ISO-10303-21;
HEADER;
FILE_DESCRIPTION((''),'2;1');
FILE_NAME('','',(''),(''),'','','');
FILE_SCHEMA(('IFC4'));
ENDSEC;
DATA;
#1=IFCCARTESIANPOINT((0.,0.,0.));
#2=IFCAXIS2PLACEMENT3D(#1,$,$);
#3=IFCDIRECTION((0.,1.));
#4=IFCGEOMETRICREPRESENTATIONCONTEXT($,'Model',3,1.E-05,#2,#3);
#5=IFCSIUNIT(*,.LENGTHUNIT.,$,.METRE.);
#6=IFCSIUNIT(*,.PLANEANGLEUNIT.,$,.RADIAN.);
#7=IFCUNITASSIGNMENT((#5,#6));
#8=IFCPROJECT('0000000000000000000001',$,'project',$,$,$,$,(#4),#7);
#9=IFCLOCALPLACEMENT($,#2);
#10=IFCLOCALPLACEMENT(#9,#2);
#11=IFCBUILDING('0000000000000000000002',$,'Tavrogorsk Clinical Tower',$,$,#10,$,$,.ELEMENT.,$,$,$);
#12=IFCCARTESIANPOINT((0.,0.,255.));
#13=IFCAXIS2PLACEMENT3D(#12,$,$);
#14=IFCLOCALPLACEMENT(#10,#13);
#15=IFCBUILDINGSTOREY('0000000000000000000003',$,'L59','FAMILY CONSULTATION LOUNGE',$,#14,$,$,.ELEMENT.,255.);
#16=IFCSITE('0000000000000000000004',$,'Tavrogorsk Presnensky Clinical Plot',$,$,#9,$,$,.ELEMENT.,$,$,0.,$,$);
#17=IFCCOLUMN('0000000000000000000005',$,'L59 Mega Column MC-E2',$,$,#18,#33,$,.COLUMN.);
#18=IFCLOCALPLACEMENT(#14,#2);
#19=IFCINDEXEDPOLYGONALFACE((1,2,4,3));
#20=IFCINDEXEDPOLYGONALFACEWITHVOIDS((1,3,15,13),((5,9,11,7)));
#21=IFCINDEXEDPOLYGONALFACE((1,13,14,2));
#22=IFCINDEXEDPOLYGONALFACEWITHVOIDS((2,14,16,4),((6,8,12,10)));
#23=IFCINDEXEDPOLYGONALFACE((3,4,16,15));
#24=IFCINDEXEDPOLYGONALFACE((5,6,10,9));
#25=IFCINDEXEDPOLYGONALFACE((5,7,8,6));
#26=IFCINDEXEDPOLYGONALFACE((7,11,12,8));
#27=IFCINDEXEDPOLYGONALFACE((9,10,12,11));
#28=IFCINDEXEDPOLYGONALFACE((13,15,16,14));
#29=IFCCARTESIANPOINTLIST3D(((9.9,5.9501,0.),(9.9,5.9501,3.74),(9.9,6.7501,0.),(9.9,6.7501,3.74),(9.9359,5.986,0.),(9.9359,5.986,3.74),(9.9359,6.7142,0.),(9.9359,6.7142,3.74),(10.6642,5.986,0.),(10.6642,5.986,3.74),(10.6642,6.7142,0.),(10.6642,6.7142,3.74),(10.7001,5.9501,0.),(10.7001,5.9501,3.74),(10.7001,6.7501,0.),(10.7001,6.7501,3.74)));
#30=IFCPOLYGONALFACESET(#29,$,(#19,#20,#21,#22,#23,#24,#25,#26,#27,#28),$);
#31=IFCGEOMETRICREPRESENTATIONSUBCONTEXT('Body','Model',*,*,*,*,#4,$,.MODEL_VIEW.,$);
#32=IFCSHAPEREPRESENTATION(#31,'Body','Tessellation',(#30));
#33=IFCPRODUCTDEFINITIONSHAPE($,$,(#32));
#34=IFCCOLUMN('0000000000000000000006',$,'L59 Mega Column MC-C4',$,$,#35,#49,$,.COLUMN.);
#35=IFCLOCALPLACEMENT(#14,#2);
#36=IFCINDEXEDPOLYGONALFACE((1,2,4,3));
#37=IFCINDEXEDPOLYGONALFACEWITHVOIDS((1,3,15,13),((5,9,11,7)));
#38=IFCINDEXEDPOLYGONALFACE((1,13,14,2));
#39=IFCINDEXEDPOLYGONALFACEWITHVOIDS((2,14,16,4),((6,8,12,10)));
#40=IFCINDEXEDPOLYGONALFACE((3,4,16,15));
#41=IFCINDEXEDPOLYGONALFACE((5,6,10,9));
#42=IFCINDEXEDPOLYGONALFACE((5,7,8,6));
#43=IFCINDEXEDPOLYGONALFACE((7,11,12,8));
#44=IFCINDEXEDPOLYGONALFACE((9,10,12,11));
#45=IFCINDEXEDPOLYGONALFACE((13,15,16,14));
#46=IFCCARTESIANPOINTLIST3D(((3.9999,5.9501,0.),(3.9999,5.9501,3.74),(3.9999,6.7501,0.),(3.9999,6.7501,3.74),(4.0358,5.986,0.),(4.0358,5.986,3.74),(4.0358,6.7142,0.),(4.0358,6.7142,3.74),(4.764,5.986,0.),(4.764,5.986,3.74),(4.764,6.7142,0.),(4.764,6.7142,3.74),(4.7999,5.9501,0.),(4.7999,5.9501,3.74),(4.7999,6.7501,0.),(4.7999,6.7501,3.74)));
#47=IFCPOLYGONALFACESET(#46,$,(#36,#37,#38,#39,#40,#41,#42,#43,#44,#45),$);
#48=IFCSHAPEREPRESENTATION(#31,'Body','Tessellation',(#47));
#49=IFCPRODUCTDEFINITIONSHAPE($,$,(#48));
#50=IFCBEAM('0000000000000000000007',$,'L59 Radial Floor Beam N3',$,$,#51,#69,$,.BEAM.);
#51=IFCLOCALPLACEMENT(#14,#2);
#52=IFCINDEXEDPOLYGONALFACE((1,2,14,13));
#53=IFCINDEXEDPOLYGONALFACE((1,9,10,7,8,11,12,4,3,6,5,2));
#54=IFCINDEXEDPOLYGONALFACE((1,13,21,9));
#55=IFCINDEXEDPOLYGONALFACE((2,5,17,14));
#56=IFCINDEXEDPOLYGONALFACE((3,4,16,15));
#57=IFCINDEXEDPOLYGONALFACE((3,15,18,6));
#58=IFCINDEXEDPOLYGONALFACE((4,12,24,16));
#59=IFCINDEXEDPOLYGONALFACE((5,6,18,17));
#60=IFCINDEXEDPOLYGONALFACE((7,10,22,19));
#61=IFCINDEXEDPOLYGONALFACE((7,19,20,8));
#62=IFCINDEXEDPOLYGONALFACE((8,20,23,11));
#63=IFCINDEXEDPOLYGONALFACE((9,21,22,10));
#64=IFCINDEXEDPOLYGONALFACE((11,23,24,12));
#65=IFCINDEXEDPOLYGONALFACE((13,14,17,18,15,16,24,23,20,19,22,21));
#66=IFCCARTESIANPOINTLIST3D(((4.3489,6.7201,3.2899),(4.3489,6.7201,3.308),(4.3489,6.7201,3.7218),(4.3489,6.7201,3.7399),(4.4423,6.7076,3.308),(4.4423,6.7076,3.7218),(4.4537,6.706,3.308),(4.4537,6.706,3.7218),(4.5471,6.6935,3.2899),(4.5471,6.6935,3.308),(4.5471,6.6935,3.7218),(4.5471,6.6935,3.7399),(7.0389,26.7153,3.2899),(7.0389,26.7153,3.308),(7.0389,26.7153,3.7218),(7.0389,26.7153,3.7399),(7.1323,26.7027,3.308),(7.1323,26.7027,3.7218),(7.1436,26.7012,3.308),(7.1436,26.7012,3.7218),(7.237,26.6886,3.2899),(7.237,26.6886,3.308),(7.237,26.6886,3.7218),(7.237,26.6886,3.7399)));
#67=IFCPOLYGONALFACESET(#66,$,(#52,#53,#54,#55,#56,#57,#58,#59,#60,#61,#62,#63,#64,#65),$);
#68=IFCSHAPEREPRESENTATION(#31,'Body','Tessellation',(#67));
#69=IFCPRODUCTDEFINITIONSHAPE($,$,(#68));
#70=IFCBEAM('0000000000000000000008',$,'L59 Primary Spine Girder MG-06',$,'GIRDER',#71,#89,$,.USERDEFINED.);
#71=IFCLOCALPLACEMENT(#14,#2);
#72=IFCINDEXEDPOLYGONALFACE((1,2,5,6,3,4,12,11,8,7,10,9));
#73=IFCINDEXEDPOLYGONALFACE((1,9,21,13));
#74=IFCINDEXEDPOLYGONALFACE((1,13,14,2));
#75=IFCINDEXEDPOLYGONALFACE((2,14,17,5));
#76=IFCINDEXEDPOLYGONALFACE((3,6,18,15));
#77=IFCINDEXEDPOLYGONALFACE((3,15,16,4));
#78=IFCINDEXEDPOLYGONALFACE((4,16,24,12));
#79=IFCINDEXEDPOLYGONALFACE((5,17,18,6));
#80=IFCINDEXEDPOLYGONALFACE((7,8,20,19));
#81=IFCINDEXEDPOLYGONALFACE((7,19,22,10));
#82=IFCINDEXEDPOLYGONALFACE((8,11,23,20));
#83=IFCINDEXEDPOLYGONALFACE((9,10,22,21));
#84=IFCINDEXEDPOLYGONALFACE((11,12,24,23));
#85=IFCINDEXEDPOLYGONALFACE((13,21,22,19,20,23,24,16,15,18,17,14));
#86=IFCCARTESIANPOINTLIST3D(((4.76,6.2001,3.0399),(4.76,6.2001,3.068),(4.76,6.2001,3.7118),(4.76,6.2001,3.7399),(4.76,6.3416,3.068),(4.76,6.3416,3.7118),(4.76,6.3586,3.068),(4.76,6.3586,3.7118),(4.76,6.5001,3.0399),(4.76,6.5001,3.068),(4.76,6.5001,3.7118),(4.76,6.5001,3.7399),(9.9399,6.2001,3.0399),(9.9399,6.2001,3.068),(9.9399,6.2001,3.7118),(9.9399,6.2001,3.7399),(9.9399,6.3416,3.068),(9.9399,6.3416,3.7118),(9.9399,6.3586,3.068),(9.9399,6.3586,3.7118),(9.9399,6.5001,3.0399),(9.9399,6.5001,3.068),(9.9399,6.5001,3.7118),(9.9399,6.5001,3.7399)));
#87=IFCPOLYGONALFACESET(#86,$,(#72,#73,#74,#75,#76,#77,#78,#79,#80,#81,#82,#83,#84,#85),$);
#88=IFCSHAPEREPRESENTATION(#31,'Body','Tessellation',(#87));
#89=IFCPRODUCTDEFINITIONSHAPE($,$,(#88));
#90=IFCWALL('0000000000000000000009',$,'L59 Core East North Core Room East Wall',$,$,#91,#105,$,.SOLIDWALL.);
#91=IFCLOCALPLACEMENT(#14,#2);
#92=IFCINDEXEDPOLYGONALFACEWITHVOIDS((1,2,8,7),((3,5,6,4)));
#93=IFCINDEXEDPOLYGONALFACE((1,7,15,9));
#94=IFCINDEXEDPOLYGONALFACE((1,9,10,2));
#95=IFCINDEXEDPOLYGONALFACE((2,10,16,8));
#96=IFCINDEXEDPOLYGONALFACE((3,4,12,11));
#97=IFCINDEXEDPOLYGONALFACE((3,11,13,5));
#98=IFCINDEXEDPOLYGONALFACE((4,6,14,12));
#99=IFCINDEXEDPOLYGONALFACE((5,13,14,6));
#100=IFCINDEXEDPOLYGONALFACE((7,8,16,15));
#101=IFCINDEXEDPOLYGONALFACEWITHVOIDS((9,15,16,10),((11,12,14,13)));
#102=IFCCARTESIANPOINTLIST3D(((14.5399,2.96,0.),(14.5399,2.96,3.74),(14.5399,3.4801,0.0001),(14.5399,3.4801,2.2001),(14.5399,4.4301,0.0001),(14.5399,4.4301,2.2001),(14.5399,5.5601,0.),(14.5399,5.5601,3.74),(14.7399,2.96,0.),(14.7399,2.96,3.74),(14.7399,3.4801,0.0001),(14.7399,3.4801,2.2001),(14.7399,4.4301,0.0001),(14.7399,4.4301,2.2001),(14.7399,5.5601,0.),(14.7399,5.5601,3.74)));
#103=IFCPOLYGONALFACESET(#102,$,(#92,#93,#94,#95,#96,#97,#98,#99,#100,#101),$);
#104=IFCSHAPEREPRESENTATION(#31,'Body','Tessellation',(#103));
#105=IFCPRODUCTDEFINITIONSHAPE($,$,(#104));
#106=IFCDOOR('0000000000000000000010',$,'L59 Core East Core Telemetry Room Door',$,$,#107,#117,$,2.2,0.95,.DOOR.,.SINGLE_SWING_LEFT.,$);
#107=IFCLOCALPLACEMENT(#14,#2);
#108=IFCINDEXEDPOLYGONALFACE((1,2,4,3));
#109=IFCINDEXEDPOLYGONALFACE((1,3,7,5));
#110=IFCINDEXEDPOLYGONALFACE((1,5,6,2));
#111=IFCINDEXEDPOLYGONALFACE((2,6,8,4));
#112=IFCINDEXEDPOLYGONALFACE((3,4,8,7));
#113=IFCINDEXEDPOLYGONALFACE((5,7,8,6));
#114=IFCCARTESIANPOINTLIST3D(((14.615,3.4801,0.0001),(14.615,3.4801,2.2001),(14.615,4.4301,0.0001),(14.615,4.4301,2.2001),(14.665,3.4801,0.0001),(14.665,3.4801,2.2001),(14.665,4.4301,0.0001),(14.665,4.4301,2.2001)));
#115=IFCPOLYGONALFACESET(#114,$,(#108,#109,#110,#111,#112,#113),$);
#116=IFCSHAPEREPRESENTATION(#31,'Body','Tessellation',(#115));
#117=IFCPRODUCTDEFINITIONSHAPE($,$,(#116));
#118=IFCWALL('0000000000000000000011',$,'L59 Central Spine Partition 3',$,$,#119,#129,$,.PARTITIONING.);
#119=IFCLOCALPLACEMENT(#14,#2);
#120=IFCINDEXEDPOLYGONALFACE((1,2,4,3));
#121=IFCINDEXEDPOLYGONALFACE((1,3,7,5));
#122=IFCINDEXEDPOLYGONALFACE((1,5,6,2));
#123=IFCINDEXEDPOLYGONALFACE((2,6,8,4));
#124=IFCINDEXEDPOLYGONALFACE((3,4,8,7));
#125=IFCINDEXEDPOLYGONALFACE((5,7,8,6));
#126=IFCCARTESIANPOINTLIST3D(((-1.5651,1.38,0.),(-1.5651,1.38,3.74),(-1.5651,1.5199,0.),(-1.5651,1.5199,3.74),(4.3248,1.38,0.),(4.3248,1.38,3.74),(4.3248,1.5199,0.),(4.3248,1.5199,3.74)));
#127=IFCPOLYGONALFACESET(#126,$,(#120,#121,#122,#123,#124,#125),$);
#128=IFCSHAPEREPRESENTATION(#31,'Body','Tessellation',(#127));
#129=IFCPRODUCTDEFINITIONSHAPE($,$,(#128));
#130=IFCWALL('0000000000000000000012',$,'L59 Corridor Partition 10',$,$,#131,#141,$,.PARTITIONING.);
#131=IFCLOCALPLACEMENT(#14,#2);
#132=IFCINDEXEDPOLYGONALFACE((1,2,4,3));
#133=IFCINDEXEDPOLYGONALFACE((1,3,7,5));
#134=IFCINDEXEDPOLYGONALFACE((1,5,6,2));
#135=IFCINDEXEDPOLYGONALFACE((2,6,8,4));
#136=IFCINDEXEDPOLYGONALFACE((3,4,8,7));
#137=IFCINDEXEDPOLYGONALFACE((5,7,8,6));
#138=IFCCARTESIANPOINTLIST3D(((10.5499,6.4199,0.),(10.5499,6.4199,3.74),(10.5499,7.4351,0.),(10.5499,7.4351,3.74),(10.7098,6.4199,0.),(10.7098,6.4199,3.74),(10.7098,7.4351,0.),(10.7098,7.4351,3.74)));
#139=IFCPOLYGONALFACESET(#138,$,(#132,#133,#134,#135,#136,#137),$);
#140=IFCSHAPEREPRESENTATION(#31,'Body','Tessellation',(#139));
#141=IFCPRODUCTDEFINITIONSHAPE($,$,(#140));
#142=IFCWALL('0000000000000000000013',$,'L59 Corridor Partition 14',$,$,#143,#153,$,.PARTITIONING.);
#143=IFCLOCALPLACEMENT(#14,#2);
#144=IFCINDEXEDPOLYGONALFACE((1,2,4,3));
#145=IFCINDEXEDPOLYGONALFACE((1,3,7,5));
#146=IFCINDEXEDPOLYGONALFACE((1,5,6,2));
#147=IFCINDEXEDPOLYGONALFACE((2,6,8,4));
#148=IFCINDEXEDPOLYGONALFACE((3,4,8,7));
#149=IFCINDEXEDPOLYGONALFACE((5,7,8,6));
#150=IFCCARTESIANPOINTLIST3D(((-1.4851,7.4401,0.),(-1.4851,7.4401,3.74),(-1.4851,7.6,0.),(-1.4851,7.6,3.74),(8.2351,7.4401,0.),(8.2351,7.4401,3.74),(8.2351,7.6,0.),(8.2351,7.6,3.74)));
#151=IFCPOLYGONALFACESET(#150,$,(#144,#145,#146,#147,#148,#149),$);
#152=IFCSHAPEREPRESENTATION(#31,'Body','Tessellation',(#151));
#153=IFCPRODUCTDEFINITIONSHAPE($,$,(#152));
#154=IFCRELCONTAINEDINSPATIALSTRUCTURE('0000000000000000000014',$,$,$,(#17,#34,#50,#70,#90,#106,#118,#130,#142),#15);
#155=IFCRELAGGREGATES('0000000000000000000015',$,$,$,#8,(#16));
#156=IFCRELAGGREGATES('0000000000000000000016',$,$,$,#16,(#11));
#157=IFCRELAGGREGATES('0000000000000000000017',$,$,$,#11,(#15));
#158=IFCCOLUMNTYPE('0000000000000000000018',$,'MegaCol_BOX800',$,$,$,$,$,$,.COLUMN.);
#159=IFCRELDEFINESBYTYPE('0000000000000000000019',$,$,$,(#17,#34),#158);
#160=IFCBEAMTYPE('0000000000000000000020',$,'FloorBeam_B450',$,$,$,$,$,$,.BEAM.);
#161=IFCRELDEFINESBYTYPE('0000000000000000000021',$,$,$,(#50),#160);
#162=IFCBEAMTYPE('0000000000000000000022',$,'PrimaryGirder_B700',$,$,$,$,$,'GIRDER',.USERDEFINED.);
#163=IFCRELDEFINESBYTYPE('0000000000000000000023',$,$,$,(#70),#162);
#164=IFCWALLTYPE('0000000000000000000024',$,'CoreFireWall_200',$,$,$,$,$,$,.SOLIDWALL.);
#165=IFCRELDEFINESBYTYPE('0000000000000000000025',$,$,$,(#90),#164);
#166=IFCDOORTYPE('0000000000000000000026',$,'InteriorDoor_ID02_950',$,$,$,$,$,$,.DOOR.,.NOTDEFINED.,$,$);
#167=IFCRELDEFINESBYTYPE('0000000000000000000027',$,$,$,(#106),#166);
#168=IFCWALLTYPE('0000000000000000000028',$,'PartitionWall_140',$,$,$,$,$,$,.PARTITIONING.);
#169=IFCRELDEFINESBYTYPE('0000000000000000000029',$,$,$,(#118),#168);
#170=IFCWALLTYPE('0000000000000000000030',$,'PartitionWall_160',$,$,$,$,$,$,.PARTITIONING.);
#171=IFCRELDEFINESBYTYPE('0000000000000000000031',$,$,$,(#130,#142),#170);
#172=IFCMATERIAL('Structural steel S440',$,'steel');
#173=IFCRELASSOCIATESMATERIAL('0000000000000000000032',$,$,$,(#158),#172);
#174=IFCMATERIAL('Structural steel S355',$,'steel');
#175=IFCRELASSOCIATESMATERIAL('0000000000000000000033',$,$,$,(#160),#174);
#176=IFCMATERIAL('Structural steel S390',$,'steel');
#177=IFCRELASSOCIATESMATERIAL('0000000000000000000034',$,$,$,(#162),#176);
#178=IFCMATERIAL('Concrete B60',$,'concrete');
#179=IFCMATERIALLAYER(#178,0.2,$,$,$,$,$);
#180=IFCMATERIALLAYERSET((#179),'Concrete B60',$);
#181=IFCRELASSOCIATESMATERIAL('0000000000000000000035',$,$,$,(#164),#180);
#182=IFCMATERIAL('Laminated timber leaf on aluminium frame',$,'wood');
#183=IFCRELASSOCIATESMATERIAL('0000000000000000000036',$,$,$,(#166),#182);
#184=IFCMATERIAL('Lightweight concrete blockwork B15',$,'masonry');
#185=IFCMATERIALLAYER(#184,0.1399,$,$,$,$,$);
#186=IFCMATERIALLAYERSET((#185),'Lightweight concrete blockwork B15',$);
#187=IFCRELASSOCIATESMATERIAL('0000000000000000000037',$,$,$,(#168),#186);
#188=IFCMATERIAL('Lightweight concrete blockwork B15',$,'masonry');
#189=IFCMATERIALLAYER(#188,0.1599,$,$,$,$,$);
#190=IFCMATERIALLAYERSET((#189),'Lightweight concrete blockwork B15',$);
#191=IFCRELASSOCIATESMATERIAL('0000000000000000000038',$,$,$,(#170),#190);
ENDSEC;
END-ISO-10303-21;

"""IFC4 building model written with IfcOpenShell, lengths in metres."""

from ifc_helpers import new_model, si_unit, direction, frame, frame_2d, origin, origin_2d, place, context, subcontext, project, spatial, rectangle, hollow_rectangle, i_section, extrude, material, layer, layer_set, material_profile, profile_set, type_object, element, fill, save


model = new_model("IFC4")

# Units and contexts
model_context = context("Model", 3, precision=1e-05, world=origin(), true_north=direction((0.0, 1.0)))
body_context = subcontext(model_context, "Body", "Model", "MODEL_VIEW")
ifc_project = project(units=[si_unit("LENGTHUNIT", "METRE"), si_unit("PLANEANGLEUNIT", "RADIAN")], contexts=[model_context])

# Site, building, storey
site_placement = place(None, origin())
site = spatial("IfcSite", under=ifc_project, at=site_placement, Name="Tavrogorsk Presnensky Clinical Plot", CompositionType="ELEMENT", RefElevation=0.0)
building_placement = place(site_placement, origin())
building = spatial("IfcBuilding", under=site, at=building_placement, Name="Tavrogorsk Clinical Tower", CompositionType="ELEMENT")
storey_placement = place(building_placement, frame((0.0, 0.0, 255.0)))
storey = spatial("IfcBuildingStorey", under=building, at=storey_placement, Name="L59", Description="FAMILY CONSULTATION LOUNGE", CompositionType="ELEMENT", Elevation=255.0)

# Columns
ifc_material_1 = material(Name="Structural steel S440", Category="steel")
ifc_material_profile_1 = material_profile(ifc_material_1, hollow_rectangle(XDim=0.8, YDim=0.8, WallThickness=0.0359, at=origin_2d()), Name="BOX-800x800x36")
ifc_profile_set_1 = profile_set([ifc_material_profile_1], Name="Structural steel S440")
column_type = type_object("IfcColumnType", Name="MegaCol_BOX800", PredefinedType="COLUMN", material=ifc_profile_set_1)
for number, where, z_axis, x_axis, name in (
    (1, (10.3, 6.3501, 0.0), (0.0, 0.0, 1.0), (1.0, 0.0, 0.0), "L59 Mega Column MC-E2"),
    (2, (4.3999, 6.3501, 0.0), (0.0, 0.0, 1.0), (1.0, 0.0, 0.0), "L59 Mega Column MC-C4"),
):
    element("IfcColumn", number, at=place(storey_placement, frame(where, z_axis=z_axis, x_axis=x_axis)), inside=storey, type_object=column_type, Name=name, PredefinedType="COLUMN", context=body_context, shape_type="SweptSolid", body=[
        extrude(hollow_rectangle(XDim=0.8, YDim=0.8, WallThickness=0.0359, at=origin_2d()), origin(), (0.0, 0.0, 1.0), 3.74),
    ])

# Beams
ifc_material_2 = material(Name="Structural steel S355", Category="steel")
ifc_material_profile_2 = material_profile(ifc_material_2, i_section(OverallWidth=0.2, OverallDepth=0.45, WebThickness=0.0115, FlangeThickness=0.0181, at=origin_2d()), Name="B-450x200x11.5x18")
ifc_profile_set_2 = profile_set([ifc_material_profile_2], Name="Structural steel S355")
beam_type_1 = type_object("IfcBeamType", Name="FloorBeam_B450", PredefinedType="BEAM", material=ifc_profile_set_2)
beam_1_placement = place(storey_placement, frame((4.448, 6.7068, 3.5149), z_axis=(0.133329, 0.991072, 0.0), x_axis=(-0.991072, 0.133329, 0.0)))
element("IfcBeam", 3, at=beam_1_placement, inside=storey, type_object=beam_type_1, Name="L59 Radial Floor Beam N3", PredefinedType="BEAM", context=body_context, shape_type="SweptSolid", body=[
    extrude(i_section(OverallWidth=0.2, OverallDepth=0.45, WebThickness=0.0115, FlangeThickness=0.0181, at=origin_2d()), origin(), (0.0, 0.0, 1.0), 20.1753),
])
ifc_material_3 = material(Name="Structural steel S390", Category="steel")
ifc_material_profile_3 = material_profile(ifc_material_3, i_section(OverallWidth=0.3, OverallDepth=0.7, WebThickness=0.0171, FlangeThickness=0.0281, at=origin_2d()), Name="B-700x300x17x28")
ifc_profile_set_3 = profile_set([ifc_material_profile_3], Name="Structural steel S390")
beam_type_2 = type_object("IfcBeamType", Name="PrimaryGirder_B700", ElementType="GIRDER", PredefinedType="USERDEFINED", material=ifc_profile_set_3)
beam_2_placement = place(storey_placement, frame((4.76, 6.3501, 3.3899), z_axis=(1.0, 0.0, 0.0), x_axis=(0.0, 1.0, 0.0)))
element("IfcBeam", 4, at=beam_2_placement, inside=storey, type_object=beam_type_2, Name="L59 Primary Spine Girder MG-06", ObjectType="GIRDER", PredefinedType="USERDEFINED", context=body_context, shape_type="SweptSolid", body=[
    extrude(i_section(OverallWidth=0.3, OverallDepth=0.7, WebThickness=0.0171, FlangeThickness=0.0281, at=origin_2d()), origin(), (0.0, 0.0, 1.0), 5.1799),
])

# Wall, opening, door
ifc_material_4 = material(Name="Concrete B60", Category="concrete")
ifc_layer_1 = layer(ifc_material_4, 0.2)
ifc_layer_set_1 = layer_set([ifc_layer_1], Name="Concrete B60")
wall_type_1 = type_object("IfcWallType", Name="CoreFireWall_200", PredefinedType="SOLIDWALL", material=ifc_layer_set_1)
wall_1_placement = place(storey_placement, frame((14.6399, 2.96, 0.0), z_axis=(0.0, 0.0, 1.0), x_axis=(0.0, 1.0, 0.0)))
wall_1 = element("IfcWall", 5, at=wall_1_placement, inside=storey, type_object=wall_type_1, Name="L59 Core East North Core Room East Wall", PredefinedType="SOLIDWALL", context=body_context, shape_type="SweptSolid", body=[
    extrude(rectangle(XDim=2.6001, YDim=0.2, at=frame_2d((1.3, 0.0))), origin(), (0.0, 0.0, 1.0), 3.74),
])
opening_1_placement = place(wall_1_placement, frame((0.52, 0.0, 0.0)))
opening_1 = element("IfcOpeningElement", 6, at=opening_1_placement, cuts=wall_1, PredefinedType="OPENING", context=body_context, shape_type="SweptSolid", body=[
    extrude(rectangle(XDim=0.95, YDim=2.2, at=frame_2d((0.4751, 1.1001))), frame((0.0, 0.1099, 0.0), z_axis=(0.0, -1.0, 0.0), x_axis=(1.0, 0.0, 0.0)), (0.0, 0.0, 1.0), 0.22),
])
ifc_material_5 = material(Name="Laminated timber leaf on aluminium frame", Category="wood")
door_type_1 = type_object("IfcDoorType", Name="InteriorDoor_ID02_950", OperationType="NOTDEFINED", PredefinedType="DOOR", material=ifc_material_5)
door_1_placement = place(opening_1_placement, origin())
door_1 = element("IfcDoor", 7, at=door_1_placement, inside=storey, type_object=door_type_1, Name="L59 Core East Core Telemetry Room Door", OperationType="SINGLE_SWING_LEFT", OverallHeight=2.2, OverallWidth=0.95, PredefinedType="DOOR", context=body_context, shape_type="SweptSolid", body=[
    extrude(rectangle(XDim=0.95, YDim=2.2, at=frame_2d((0.4751, 1.1001))), frame((0.0, 0.0249, 0.0), z_axis=(0.0, -1.0, 0.0), x_axis=(1.0, 0.0, 0.0)), (0.0, 0.0, 1.0), 0.05),
])
fill(opening_1, door_1)

# Walls
ifc_material_6 = material(Name="Lightweight concrete blockwork B15", Category="masonry")
ifc_layer_2 = layer(ifc_material_6, 0.1399)
ifc_layer_set_2 = layer_set([ifc_layer_2], Name="Lightweight concrete blockwork B15")
wall_type_2 = type_object("IfcWallType", Name="PartitionWall_140", PredefinedType="PARTITIONING", material=ifc_layer_set_2)
wall_2_placement = place(storey_placement, frame((-1.5649, 1.45, 0.0), z_axis=(0.0, 0.0, 1.0), x_axis=(1.0, 0.0, 0.0)))
element("IfcWall", 8, at=wall_2_placement, inside=storey, type_object=wall_type_2, Name="L59 Central Spine Partition 3", PredefinedType="PARTITIONING", context=body_context, shape_type="SweptSolid", body=[
    extrude(rectangle(XDim=5.8899, YDim=0.1399, at=frame_2d((2.9448, 0.0))), origin(), (0.0, 0.0, 1.0), 3.74),
])
ifc_material_7 = material(Name="Lightweight concrete blockwork B15", Category="masonry")
ifc_layer_3 = layer(ifc_material_7, 0.1599)
ifc_layer_set_3 = layer_set([ifc_layer_3], Name="Lightweight concrete blockwork B15")
wall_type_3 = type_object("IfcWallType", Name="PartitionWall_160", PredefinedType="PARTITIONING", material=ifc_layer_set_3)
wall_3_placement = place(storey_placement, frame((10.6299, 7.4351, 0.0), z_axis=(0.0, 0.0, 1.0), x_axis=(0.0, -1.0, 0.0)))
element("IfcWall", 9, at=wall_3_placement, inside=storey, type_object=wall_type_3, Name="L59 Corridor Partition 10", PredefinedType="PARTITIONING", context=body_context, shape_type="SweptSolid", body=[
    extrude(rectangle(XDim=1.0151, YDim=0.1599, at=frame_2d((0.5076, 0.0))), origin(), (0.0, 0.0, 1.0), 3.74),
])
wall_4_placement = place(storey_placement, frame((8.2351, 7.52, 0.0), z_axis=(0.0, 0.0, 1.0), x_axis=(-1.0, 0.0, 0.0)))
element("IfcWall", 10, at=wall_4_placement, inside=storey, type_object=wall_type_3, Name="L59 Corridor Partition 14", PredefinedType="PARTITIONING", context=body_context, shape_type="SweptSolid", body=[
    extrude(rectangle(XDim=9.7202, YDim=0.1599, at=frame_2d((4.8601, 0.0))), origin(), (0.0, 0.0, 1.0), 3.74),
])

save(model, "model.ifc")
